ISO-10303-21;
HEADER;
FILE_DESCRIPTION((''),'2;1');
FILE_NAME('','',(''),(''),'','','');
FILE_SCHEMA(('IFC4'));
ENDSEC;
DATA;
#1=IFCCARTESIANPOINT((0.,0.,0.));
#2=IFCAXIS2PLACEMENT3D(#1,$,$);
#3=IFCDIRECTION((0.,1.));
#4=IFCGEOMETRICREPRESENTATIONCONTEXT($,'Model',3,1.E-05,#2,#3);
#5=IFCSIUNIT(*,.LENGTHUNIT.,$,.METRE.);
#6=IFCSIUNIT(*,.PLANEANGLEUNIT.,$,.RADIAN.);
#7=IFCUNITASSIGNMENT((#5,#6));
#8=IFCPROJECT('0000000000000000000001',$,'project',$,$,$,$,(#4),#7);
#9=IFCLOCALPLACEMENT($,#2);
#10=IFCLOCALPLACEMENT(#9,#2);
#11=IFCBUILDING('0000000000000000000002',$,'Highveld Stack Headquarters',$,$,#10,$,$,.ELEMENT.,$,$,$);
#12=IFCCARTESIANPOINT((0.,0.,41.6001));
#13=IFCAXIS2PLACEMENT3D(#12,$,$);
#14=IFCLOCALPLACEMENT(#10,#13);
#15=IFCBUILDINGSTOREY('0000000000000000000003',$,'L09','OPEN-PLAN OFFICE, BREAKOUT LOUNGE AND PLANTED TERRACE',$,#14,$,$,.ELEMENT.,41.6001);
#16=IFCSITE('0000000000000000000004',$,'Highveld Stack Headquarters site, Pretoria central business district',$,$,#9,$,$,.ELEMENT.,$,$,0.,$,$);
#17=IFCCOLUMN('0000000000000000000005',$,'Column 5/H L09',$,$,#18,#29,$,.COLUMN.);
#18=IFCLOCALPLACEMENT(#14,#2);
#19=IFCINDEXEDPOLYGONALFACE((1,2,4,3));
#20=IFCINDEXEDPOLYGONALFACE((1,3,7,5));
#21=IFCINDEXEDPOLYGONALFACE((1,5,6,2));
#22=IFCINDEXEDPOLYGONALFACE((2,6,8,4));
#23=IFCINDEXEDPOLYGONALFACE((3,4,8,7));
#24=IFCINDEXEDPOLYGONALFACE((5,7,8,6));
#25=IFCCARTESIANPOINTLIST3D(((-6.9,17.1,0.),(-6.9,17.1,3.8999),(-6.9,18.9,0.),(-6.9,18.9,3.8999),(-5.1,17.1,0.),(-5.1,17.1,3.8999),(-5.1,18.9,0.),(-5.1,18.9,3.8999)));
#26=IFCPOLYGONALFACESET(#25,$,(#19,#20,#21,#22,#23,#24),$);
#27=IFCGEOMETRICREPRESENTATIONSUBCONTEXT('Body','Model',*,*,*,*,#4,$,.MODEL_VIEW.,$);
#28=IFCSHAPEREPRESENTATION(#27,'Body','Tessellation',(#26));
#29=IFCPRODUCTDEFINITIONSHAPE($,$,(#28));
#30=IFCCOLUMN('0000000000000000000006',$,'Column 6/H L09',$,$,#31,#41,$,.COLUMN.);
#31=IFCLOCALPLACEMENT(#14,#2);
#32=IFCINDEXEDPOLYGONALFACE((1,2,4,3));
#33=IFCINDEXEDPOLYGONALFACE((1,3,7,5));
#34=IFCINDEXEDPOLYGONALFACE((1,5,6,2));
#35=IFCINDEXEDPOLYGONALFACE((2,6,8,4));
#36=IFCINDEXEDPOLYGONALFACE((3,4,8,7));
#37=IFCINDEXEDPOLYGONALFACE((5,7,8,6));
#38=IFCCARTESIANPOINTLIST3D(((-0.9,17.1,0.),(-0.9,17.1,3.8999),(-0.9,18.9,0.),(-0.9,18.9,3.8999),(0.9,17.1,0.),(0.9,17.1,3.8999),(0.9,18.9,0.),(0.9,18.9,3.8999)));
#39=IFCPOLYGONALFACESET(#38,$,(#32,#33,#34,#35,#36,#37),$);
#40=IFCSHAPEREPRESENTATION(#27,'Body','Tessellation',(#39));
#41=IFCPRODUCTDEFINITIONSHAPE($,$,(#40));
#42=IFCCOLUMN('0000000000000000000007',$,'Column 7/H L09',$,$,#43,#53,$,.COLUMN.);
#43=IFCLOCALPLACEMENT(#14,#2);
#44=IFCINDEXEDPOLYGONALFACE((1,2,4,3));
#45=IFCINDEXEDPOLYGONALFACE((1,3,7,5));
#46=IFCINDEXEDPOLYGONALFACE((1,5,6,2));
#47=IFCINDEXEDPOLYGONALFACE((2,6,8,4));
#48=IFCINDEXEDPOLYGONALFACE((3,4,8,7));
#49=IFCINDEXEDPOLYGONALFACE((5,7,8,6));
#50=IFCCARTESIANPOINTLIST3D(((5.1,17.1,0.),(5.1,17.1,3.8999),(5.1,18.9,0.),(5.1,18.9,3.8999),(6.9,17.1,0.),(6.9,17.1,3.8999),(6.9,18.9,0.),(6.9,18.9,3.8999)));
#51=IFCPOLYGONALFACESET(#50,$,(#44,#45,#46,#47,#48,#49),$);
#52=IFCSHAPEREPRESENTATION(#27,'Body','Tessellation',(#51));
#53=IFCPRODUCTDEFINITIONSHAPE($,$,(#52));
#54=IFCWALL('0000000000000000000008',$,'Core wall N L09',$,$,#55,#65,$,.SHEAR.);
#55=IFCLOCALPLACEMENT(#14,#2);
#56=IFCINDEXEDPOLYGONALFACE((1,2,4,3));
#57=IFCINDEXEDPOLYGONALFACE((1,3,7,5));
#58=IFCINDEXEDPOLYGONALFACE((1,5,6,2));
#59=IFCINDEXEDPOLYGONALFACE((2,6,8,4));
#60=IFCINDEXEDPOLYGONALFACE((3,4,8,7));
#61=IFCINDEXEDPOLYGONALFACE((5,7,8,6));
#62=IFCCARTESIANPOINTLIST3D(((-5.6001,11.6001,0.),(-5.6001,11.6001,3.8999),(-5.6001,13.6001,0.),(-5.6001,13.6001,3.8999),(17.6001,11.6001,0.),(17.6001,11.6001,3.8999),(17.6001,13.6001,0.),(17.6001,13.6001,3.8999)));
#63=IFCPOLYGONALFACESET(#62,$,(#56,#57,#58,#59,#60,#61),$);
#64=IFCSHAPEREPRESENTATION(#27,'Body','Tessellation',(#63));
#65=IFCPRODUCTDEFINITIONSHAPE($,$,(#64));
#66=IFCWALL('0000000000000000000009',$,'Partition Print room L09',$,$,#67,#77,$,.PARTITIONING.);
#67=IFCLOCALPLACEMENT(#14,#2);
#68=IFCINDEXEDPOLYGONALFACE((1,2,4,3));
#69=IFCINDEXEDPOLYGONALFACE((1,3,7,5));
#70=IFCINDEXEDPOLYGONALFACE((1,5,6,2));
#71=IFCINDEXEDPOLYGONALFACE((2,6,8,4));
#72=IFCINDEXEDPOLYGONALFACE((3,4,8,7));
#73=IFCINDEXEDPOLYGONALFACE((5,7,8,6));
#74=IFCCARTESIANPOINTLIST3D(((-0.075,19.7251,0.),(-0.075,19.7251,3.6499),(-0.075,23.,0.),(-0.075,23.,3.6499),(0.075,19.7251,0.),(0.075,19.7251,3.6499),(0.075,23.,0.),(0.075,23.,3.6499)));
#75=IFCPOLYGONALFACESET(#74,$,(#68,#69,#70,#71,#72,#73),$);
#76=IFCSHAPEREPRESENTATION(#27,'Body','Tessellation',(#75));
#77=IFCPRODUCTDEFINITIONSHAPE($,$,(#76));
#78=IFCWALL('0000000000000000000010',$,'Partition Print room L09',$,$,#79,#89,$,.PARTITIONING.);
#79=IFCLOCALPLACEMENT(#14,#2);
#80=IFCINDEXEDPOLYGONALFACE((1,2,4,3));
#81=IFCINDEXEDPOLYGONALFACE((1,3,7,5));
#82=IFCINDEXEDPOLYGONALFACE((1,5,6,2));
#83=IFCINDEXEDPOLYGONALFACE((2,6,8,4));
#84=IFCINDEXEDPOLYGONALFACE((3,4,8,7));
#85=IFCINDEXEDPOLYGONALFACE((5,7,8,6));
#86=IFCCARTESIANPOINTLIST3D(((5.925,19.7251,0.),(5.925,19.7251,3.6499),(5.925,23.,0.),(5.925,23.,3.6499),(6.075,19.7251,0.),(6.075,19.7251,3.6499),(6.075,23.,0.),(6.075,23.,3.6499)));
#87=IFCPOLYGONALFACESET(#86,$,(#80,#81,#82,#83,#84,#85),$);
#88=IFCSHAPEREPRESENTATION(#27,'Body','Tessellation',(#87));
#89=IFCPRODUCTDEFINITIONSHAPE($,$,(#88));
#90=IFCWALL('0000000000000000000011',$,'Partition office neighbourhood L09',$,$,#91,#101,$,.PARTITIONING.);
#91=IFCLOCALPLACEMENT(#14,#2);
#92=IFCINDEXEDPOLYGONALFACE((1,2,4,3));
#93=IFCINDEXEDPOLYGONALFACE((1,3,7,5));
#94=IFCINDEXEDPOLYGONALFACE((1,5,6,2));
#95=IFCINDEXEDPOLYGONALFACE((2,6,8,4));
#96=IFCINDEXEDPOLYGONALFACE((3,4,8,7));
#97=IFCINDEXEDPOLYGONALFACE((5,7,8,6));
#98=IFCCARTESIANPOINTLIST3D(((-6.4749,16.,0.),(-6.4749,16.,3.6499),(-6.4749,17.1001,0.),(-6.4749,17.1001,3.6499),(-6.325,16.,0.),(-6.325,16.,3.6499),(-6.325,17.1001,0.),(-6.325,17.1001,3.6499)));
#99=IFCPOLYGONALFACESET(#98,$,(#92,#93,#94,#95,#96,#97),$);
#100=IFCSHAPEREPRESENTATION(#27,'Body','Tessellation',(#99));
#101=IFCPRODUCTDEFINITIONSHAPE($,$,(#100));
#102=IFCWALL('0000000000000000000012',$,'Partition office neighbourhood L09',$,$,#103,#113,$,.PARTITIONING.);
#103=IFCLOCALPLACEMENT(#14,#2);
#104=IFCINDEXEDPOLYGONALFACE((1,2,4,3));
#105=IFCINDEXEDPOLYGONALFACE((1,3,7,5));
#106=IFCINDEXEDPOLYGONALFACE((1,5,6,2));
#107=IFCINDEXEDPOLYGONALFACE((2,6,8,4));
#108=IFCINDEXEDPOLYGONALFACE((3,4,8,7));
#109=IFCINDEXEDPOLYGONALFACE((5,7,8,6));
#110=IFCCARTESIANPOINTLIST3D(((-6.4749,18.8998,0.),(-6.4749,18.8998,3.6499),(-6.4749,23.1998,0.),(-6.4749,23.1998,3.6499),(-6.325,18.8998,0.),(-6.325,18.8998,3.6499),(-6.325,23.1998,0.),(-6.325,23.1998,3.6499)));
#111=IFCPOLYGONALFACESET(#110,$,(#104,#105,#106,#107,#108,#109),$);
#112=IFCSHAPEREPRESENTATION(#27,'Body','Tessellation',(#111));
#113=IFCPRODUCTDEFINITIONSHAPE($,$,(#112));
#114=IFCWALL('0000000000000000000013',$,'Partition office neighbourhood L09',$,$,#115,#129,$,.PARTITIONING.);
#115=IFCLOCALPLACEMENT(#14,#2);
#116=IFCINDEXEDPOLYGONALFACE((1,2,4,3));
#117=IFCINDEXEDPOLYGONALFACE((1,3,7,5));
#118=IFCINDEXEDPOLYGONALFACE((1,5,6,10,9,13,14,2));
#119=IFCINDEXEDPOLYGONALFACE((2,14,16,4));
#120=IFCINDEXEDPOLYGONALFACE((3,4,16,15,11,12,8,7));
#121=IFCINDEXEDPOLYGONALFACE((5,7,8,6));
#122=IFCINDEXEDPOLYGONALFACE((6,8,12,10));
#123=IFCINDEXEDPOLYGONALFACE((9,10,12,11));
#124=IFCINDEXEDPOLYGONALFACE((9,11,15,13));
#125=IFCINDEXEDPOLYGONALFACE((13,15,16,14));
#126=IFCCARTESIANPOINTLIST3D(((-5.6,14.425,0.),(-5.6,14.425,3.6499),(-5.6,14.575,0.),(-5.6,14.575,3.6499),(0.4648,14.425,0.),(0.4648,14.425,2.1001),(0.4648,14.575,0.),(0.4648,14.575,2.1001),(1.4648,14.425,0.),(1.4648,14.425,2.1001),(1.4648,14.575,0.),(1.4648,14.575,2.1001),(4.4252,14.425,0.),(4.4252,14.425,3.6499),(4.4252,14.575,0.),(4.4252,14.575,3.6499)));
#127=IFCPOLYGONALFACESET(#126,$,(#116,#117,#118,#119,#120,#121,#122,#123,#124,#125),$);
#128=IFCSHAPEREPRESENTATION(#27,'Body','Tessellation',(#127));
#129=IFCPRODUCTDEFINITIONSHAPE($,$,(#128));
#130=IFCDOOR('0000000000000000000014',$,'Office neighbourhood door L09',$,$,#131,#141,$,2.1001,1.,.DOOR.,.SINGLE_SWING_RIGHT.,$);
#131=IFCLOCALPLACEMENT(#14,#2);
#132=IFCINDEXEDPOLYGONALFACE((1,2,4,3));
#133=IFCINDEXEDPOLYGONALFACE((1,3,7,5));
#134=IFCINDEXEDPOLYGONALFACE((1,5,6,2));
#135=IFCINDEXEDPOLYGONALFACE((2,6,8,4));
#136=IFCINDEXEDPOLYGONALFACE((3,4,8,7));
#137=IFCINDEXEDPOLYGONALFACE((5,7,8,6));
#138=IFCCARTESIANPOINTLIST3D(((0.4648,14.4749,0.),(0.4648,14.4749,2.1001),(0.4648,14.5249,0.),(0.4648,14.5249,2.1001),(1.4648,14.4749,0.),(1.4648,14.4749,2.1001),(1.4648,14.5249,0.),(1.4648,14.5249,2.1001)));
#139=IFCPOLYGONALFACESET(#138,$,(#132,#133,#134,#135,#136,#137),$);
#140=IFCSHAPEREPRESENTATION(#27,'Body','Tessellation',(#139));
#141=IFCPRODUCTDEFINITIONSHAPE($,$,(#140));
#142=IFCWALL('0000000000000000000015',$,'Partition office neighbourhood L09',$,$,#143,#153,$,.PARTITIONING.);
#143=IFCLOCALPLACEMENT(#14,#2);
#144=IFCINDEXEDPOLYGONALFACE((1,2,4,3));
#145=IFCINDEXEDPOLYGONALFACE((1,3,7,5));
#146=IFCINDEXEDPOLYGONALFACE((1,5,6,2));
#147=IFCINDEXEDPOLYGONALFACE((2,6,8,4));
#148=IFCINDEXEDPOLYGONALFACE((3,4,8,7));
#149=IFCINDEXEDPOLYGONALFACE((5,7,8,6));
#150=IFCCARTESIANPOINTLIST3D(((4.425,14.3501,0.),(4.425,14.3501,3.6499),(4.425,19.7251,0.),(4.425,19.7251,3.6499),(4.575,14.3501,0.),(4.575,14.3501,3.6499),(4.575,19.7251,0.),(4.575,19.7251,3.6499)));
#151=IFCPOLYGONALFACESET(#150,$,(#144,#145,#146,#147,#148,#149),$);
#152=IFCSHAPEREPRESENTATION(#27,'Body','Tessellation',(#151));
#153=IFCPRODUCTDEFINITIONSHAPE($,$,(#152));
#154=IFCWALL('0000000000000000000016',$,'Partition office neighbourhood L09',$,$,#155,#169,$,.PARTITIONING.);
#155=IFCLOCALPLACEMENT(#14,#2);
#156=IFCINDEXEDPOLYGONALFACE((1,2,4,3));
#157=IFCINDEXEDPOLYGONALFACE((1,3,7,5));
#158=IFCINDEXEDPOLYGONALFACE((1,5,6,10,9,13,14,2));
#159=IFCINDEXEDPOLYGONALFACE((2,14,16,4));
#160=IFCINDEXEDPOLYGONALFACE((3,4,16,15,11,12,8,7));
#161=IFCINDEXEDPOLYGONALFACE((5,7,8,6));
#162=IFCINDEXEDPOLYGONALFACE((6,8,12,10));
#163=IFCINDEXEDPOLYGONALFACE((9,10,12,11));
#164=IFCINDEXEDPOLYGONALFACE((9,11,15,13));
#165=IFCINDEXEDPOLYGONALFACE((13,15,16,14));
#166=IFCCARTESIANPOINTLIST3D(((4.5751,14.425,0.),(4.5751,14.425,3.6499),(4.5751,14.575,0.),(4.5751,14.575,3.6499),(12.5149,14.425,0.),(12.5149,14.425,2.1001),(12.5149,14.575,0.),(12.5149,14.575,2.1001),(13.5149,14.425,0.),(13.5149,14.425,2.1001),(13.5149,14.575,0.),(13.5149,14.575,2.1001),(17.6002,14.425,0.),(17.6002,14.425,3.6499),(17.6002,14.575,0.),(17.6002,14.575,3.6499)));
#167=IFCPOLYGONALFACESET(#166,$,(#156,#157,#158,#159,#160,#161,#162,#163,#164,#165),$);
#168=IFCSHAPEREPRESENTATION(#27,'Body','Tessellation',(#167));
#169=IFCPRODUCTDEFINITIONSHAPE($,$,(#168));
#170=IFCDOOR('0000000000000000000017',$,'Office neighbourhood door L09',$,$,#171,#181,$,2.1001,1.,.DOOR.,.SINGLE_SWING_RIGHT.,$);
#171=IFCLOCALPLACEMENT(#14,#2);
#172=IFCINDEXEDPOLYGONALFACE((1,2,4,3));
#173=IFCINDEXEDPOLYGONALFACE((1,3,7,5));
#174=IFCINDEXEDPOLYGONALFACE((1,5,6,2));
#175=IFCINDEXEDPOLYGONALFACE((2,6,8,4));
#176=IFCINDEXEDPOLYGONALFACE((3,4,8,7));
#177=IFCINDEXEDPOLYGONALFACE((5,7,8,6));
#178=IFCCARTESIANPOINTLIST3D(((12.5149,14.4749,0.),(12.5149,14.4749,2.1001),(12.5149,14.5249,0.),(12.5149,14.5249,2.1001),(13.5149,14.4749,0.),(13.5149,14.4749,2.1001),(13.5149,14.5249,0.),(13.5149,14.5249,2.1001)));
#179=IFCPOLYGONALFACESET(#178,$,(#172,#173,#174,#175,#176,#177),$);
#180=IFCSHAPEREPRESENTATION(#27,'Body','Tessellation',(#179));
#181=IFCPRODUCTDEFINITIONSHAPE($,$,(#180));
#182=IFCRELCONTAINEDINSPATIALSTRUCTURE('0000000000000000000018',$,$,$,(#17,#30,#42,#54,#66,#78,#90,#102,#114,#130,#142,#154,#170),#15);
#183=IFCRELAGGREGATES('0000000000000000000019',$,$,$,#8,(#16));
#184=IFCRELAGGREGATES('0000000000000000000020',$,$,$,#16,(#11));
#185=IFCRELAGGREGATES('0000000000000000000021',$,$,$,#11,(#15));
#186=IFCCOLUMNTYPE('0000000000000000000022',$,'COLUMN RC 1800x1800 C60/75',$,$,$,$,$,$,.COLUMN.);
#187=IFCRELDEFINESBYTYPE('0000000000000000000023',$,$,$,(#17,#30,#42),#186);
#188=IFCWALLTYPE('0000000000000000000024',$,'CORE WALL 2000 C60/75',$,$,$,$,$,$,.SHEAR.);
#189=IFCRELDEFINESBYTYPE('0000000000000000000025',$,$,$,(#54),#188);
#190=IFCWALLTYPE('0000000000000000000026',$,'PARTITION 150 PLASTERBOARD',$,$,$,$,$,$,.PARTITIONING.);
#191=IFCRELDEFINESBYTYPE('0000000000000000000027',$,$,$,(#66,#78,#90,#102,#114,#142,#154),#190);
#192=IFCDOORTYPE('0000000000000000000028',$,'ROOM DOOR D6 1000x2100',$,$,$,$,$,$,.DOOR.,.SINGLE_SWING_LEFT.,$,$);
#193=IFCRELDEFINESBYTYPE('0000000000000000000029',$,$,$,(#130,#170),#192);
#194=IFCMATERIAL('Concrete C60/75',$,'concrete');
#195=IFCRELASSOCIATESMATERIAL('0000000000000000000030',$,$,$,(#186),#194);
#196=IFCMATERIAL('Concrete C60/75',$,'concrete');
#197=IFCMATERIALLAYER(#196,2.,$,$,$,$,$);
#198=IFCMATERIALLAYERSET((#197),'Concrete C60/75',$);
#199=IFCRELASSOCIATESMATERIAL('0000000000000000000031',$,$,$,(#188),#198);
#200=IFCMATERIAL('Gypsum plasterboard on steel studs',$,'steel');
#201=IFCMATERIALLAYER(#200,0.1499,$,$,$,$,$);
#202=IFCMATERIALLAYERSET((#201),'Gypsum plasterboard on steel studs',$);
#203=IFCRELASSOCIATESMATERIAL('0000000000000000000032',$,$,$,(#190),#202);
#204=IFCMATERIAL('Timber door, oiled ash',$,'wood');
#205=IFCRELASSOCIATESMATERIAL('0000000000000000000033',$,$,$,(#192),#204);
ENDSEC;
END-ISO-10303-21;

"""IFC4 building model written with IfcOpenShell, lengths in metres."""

from ifc_helpers import new_model, si_unit, direction, frame, frame_2d, origin, origin_2d, place, context, subcontext, project, spatial, rectangle, extrude, material, layer, layer_set, material_profile, profile_set, type_object, element, fill, save


model = new_model("IFC4")

# Units and contexts
model_context = context("Model", 3, precision=1e-05, world=origin(), true_north=direction((0.0, 1.0)))
body_context = subcontext(model_context, "Body", "Model", "MODEL_VIEW")
ifc_project = project(units=[si_unit("LENGTHUNIT", "METRE"), si_unit("PLANEANGLEUNIT", "RADIAN")], contexts=[model_context])

# Site, building, storey
site_placement = place(None, origin())
site = spatial("IfcSite", under=ifc_project, at=site_placement, Name="Highveld Stack Headquarters site, Pretoria central business district", CompositionType="ELEMENT", RefElevation=0.0)
building_placement = place(site_placement, origin())
building = spatial("IfcBuilding", under=site, at=building_placement, Name="Highveld Stack Headquarters", CompositionType="ELEMENT")
storey_placement = place(building_placement, frame((0.0, 0.0, 41.6001)))
storey = spatial("IfcBuildingStorey", under=building, at=storey_placement, Name="L09", Description="OPEN-PLAN OFFICE, BREAKOUT LOUNGE AND PLANTED TERRACE", CompositionType="ELEMENT", Elevation=41.6001)

# Columns
ifc_material_1 = material(Name="Concrete C60/75", Category="concrete")
ifc_material_profile = material_profile(ifc_material_1, rectangle(XDim=1.8, YDim=1.8, at=origin_2d()), Name="RC 1800x1800")
ifc_profile_set = profile_set([ifc_material_profile], Name="Concrete C60/75")
column_type = type_object("IfcColumnType", Name="COLUMN RC 1800x1800 C60/75", PredefinedType="COLUMN", material=ifc_profile_set)
for number, where, z_axis, x_axis, name in (
    (1, (-6.0, 18.0, 0.0), (0.0, 0.0, 1.0), (1.0, 0.0, 0.0), "Column 5/H L09"),
    (2, (0.0, 18.0, 0.0), (0.0, 0.0, 1.0), (1.0, 0.0, 0.0), "Column 6/H L09"),
    (3, (6.0, 18.0, 0.0), (0.0, 0.0, 1.0), (1.0, 0.0, 0.0), "Column 7/H L09"),
):
    element("IfcColumn", number, at=place(storey_placement, frame(where, z_axis=z_axis, x_axis=x_axis)), inside=storey, type_object=column_type, Name=name, PredefinedType="COLUMN", context=body_context, shape_type="SweptSolid", body=[
        extrude(rectangle(XDim=1.8, YDim=1.8, at=origin_2d()), origin(), (0.0, 0.0, 1.0), 3.8999),
    ])

# Walls
ifc_material_2 = material(Name="Concrete C60/75", Category="concrete")
ifc_layer_1 = layer(ifc_material_2, 2.0)
ifc_layer_set_1 = layer_set([ifc_layer_1], Name="Concrete C60/75")
wall_type_1 = type_object("IfcWallType", Name="CORE WALL 2000 C60/75", PredefinedType="SHEAR", material=ifc_layer_set_1)
wall_1_placement = place(storey_placement, frame((-5.6001, 12.6001, 0.0), z_axis=(0.0, 0.0, 1.0), x_axis=(1.0, 0.0, 0.0)))
element("IfcWall", 4, at=wall_1_placement, inside=storey, type_object=wall_type_1, Name="Core wall N L09", PredefinedType="SHEAR", context=body_context, shape_type="SweptSolid", body=[
    extrude(rectangle(XDim=23.2002, YDim=2.0, at=frame_2d((11.6001, 0.0))), origin(), (0.0, 0.0, 1.0), 3.8999),
])
ifc_material_3 = material(Name="Gypsum plasterboard on steel studs", Category="steel")
ifc_layer_2 = layer(ifc_material_3, 0.1499)
ifc_layer_set_2 = layer_set([ifc_layer_2], Name="Gypsum plasterboard on steel studs")
wall_type_2 = type_object("IfcWallType", Name="PARTITION 150 PLASTERBOARD", PredefinedType="PARTITIONING", material=ifc_layer_set_2)
for number, where, z_axis, x_axis, name in (
    (5, (0.0, 19.7251, 0.0), (0.0, 0.0, 1.0), (0.0, 1.0, 0.0), "Partition Print room L09"),
    (6, (6.0, 19.7251, 0.0), (0.0, 0.0, 1.0), (0.0, 1.0, 0.0), "Partition Print room L09"),
):
    element("IfcWall", number, at=place(storey_placement, frame(where, z_axis=z_axis, x_axis=x_axis)), inside=storey, type_object=wall_type_2, Name=name, PredefinedType="PARTITIONING", context=body_context, shape_type="SweptSolid", body=[
        extrude(rectangle(XDim=3.2749, YDim=0.1499, at=frame_2d((1.6375, 0.0))), origin(), (0.0, 0.0, 1.0), 3.6499),
    ])
wall_2_placement = place(storey_placement, frame((-6.3999, 16.0, 0.0), z_axis=(0.0, 0.0, 1.0), x_axis=(0.0, 1.0, 0.0)))
element("IfcWall", 7, at=wall_2_placement, inside=storey, type_object=wall_type_2, Name="Partition office neighbourhood L09", PredefinedType="PARTITIONING", context=body_context, shape_type="SweptSolid", body=[
    extrude(rectangle(XDim=1.1001, YDim=0.1499, at=frame_2d((0.55, 0.0))), origin(), (0.0, 0.0, 1.0), 3.6499),
])
wall_3_placement = place(storey_placement, frame((-6.3999, 18.8999, 0.0), z_axis=(0.0, 0.0, 1.0), x_axis=(0.0, 1.0, 0.0)))
element("IfcWall", 8, at=wall_3_placement, inside=storey, type_object=wall_type_2, Name="Partition office neighbourhood L09", PredefinedType="PARTITIONING", context=body_context, shape_type="SweptSolid", body=[
    extrude(rectangle(XDim=4.3, YDim=0.1499, at=frame_2d((2.1499, 0.0))), origin(), (0.0, 0.0, 1.0), 3.6499),
])

# Wall, opening, door
wall_4_placement = place(storey_placement, frame((-5.6001, 14.5, 0.0), z_axis=(0.0, 0.0, 1.0), x_axis=(1.0, 0.0, 0.0)))
wall_4 = element("IfcWall", 9, at=wall_4_placement, inside=storey, type_object=wall_type_2, Name="Partition office neighbourhood L09", PredefinedType="PARTITIONING", context=body_context, shape_type="SweptSolid", body=[
    extrude(rectangle(XDim=10.0251, YDim=0.1499, at=frame_2d((5.0127, 0.0))), origin(), (0.0, 0.0, 1.0), 3.6499),
])
opening_1_placement = place(wall_4_placement, frame((6.0649, 0.0, 0.0)))
opening_1 = element("IfcOpeningElement", 10, at=opening_1_placement, cuts=wall_4, PredefinedType="OPENING", context=body_context, shape_type="SweptSolid", body=[
    extrude(rectangle(XDim=1.0, YDim=2.1001, at=frame_2d((0.5, 1.05))), frame((0.0, 0.085, 0.0), z_axis=(0.0, -1.0, 0.0), x_axis=(1.0, 0.0, 0.0)), (0.0, 0.0, 1.0), 0.1699),
])
ifc_material_4 = material(Name="Timber door, oiled ash", Category="wood")
door_type = type_object("IfcDoorType", Name="ROOM DOOR D6 1000x2100", OperationType="SINGLE_SWING_LEFT", PredefinedType="DOOR", material=ifc_material_4)
door_1_placement = place(opening_1_placement, origin())
door_1 = element("IfcDoor", 11, at=door_1_placement, inside=storey, type_object=door_type, Name="Office neighbourhood door L09", OperationType="SINGLE_SWING_RIGHT", OverallHeight=2.1001, OverallWidth=1.0, PredefinedType="DOOR", context=body_context, shape_type="SweptSolid", body=[
    extrude(rectangle(XDim=1.0, YDim=2.1001, at=frame_2d((0.5, 1.05))), frame((0.0, 0.0249, 0.0), z_axis=(0.0, -1.0, 0.0), x_axis=(1.0, 0.0, 0.0)), (0.0, 0.0, 1.0), 0.05),
])
fill(opening_1, door_1)

# Wall
wall_5_placement = place(storey_placement, frame((4.5, 14.3501, 0.0), z_axis=(0.0, 0.0, 1.0), x_axis=(0.0, 1.0, 0.0)))
element("IfcWall", 12, at=wall_5_placement, inside=storey, type_object=wall_type_2, Name="Partition office neighbourhood L09", PredefinedType="PARTITIONING", context=body_context, shape_type="SweptSolid", body=[
    extrude(rectangle(XDim=5.375, YDim=0.1499, at=frame_2d((2.6875, 0.0))), origin(), (0.0, 0.0, 1.0), 3.6499),
])

# Wall, opening, door
wall_6_placement = place(storey_placement, frame((4.575, 14.5, 0.0), z_axis=(0.0, 0.0, 1.0), x_axis=(1.0, 0.0, 0.0)))
wall_6 = element("IfcWall", 13, at=wall_6_placement, inside=storey, type_object=wall_type_2, Name="Partition office neighbourhood L09", PredefinedType="PARTITIONING", context=body_context, shape_type="SweptSolid", body=[
    extrude(rectangle(XDim=13.0251, YDim=0.1499, at=frame_2d((6.5127, 0.0))), origin(), (0.0, 0.0, 1.0), 3.6499),
])
opening_2_placement = place(wall_6_placement, frame((7.9399, 0.0, 0.0)))
opening_2 = element("IfcOpeningElement", 14, at=opening_2_placement, cuts=wall_6, PredefinedType="OPENING", context=body_context, shape_type="SweptSolid", body=[
    extrude(rectangle(XDim=1.0, YDim=2.1001, at=frame_2d((0.5, 1.05))), frame((0.0, 0.085, 0.0), z_axis=(0.0, -1.0, 0.0), x_axis=(1.0, 0.0, 0.0)), (0.0, 0.0, 1.0), 0.1699),
])
door_2_placement = place(opening_2_placement, origin())
door_2 = element("IfcDoor", 15, at=door_2_placement, inside=storey, type_object=door_type, Name="Office neighbourhood door L09", OperationType="SINGLE_SWING_RIGHT", OverallHeight=2.1001, OverallWidth=1.0, PredefinedType="DOOR", context=body_context, shape_type="SweptSolid", body=[
    extrude(rectangle(XDim=1.0, YDim=2.1001, at=frame_2d((0.5, 1.05))), frame((0.0, 0.0249, 0.0), z_axis=(0.0, -1.0, 0.0), x_axis=(1.0, 0.0, 0.0)), (0.0, 0.0, 1.0), 0.05),
])
fill(opening_2, door_2)

save(model, "model.ifc")
